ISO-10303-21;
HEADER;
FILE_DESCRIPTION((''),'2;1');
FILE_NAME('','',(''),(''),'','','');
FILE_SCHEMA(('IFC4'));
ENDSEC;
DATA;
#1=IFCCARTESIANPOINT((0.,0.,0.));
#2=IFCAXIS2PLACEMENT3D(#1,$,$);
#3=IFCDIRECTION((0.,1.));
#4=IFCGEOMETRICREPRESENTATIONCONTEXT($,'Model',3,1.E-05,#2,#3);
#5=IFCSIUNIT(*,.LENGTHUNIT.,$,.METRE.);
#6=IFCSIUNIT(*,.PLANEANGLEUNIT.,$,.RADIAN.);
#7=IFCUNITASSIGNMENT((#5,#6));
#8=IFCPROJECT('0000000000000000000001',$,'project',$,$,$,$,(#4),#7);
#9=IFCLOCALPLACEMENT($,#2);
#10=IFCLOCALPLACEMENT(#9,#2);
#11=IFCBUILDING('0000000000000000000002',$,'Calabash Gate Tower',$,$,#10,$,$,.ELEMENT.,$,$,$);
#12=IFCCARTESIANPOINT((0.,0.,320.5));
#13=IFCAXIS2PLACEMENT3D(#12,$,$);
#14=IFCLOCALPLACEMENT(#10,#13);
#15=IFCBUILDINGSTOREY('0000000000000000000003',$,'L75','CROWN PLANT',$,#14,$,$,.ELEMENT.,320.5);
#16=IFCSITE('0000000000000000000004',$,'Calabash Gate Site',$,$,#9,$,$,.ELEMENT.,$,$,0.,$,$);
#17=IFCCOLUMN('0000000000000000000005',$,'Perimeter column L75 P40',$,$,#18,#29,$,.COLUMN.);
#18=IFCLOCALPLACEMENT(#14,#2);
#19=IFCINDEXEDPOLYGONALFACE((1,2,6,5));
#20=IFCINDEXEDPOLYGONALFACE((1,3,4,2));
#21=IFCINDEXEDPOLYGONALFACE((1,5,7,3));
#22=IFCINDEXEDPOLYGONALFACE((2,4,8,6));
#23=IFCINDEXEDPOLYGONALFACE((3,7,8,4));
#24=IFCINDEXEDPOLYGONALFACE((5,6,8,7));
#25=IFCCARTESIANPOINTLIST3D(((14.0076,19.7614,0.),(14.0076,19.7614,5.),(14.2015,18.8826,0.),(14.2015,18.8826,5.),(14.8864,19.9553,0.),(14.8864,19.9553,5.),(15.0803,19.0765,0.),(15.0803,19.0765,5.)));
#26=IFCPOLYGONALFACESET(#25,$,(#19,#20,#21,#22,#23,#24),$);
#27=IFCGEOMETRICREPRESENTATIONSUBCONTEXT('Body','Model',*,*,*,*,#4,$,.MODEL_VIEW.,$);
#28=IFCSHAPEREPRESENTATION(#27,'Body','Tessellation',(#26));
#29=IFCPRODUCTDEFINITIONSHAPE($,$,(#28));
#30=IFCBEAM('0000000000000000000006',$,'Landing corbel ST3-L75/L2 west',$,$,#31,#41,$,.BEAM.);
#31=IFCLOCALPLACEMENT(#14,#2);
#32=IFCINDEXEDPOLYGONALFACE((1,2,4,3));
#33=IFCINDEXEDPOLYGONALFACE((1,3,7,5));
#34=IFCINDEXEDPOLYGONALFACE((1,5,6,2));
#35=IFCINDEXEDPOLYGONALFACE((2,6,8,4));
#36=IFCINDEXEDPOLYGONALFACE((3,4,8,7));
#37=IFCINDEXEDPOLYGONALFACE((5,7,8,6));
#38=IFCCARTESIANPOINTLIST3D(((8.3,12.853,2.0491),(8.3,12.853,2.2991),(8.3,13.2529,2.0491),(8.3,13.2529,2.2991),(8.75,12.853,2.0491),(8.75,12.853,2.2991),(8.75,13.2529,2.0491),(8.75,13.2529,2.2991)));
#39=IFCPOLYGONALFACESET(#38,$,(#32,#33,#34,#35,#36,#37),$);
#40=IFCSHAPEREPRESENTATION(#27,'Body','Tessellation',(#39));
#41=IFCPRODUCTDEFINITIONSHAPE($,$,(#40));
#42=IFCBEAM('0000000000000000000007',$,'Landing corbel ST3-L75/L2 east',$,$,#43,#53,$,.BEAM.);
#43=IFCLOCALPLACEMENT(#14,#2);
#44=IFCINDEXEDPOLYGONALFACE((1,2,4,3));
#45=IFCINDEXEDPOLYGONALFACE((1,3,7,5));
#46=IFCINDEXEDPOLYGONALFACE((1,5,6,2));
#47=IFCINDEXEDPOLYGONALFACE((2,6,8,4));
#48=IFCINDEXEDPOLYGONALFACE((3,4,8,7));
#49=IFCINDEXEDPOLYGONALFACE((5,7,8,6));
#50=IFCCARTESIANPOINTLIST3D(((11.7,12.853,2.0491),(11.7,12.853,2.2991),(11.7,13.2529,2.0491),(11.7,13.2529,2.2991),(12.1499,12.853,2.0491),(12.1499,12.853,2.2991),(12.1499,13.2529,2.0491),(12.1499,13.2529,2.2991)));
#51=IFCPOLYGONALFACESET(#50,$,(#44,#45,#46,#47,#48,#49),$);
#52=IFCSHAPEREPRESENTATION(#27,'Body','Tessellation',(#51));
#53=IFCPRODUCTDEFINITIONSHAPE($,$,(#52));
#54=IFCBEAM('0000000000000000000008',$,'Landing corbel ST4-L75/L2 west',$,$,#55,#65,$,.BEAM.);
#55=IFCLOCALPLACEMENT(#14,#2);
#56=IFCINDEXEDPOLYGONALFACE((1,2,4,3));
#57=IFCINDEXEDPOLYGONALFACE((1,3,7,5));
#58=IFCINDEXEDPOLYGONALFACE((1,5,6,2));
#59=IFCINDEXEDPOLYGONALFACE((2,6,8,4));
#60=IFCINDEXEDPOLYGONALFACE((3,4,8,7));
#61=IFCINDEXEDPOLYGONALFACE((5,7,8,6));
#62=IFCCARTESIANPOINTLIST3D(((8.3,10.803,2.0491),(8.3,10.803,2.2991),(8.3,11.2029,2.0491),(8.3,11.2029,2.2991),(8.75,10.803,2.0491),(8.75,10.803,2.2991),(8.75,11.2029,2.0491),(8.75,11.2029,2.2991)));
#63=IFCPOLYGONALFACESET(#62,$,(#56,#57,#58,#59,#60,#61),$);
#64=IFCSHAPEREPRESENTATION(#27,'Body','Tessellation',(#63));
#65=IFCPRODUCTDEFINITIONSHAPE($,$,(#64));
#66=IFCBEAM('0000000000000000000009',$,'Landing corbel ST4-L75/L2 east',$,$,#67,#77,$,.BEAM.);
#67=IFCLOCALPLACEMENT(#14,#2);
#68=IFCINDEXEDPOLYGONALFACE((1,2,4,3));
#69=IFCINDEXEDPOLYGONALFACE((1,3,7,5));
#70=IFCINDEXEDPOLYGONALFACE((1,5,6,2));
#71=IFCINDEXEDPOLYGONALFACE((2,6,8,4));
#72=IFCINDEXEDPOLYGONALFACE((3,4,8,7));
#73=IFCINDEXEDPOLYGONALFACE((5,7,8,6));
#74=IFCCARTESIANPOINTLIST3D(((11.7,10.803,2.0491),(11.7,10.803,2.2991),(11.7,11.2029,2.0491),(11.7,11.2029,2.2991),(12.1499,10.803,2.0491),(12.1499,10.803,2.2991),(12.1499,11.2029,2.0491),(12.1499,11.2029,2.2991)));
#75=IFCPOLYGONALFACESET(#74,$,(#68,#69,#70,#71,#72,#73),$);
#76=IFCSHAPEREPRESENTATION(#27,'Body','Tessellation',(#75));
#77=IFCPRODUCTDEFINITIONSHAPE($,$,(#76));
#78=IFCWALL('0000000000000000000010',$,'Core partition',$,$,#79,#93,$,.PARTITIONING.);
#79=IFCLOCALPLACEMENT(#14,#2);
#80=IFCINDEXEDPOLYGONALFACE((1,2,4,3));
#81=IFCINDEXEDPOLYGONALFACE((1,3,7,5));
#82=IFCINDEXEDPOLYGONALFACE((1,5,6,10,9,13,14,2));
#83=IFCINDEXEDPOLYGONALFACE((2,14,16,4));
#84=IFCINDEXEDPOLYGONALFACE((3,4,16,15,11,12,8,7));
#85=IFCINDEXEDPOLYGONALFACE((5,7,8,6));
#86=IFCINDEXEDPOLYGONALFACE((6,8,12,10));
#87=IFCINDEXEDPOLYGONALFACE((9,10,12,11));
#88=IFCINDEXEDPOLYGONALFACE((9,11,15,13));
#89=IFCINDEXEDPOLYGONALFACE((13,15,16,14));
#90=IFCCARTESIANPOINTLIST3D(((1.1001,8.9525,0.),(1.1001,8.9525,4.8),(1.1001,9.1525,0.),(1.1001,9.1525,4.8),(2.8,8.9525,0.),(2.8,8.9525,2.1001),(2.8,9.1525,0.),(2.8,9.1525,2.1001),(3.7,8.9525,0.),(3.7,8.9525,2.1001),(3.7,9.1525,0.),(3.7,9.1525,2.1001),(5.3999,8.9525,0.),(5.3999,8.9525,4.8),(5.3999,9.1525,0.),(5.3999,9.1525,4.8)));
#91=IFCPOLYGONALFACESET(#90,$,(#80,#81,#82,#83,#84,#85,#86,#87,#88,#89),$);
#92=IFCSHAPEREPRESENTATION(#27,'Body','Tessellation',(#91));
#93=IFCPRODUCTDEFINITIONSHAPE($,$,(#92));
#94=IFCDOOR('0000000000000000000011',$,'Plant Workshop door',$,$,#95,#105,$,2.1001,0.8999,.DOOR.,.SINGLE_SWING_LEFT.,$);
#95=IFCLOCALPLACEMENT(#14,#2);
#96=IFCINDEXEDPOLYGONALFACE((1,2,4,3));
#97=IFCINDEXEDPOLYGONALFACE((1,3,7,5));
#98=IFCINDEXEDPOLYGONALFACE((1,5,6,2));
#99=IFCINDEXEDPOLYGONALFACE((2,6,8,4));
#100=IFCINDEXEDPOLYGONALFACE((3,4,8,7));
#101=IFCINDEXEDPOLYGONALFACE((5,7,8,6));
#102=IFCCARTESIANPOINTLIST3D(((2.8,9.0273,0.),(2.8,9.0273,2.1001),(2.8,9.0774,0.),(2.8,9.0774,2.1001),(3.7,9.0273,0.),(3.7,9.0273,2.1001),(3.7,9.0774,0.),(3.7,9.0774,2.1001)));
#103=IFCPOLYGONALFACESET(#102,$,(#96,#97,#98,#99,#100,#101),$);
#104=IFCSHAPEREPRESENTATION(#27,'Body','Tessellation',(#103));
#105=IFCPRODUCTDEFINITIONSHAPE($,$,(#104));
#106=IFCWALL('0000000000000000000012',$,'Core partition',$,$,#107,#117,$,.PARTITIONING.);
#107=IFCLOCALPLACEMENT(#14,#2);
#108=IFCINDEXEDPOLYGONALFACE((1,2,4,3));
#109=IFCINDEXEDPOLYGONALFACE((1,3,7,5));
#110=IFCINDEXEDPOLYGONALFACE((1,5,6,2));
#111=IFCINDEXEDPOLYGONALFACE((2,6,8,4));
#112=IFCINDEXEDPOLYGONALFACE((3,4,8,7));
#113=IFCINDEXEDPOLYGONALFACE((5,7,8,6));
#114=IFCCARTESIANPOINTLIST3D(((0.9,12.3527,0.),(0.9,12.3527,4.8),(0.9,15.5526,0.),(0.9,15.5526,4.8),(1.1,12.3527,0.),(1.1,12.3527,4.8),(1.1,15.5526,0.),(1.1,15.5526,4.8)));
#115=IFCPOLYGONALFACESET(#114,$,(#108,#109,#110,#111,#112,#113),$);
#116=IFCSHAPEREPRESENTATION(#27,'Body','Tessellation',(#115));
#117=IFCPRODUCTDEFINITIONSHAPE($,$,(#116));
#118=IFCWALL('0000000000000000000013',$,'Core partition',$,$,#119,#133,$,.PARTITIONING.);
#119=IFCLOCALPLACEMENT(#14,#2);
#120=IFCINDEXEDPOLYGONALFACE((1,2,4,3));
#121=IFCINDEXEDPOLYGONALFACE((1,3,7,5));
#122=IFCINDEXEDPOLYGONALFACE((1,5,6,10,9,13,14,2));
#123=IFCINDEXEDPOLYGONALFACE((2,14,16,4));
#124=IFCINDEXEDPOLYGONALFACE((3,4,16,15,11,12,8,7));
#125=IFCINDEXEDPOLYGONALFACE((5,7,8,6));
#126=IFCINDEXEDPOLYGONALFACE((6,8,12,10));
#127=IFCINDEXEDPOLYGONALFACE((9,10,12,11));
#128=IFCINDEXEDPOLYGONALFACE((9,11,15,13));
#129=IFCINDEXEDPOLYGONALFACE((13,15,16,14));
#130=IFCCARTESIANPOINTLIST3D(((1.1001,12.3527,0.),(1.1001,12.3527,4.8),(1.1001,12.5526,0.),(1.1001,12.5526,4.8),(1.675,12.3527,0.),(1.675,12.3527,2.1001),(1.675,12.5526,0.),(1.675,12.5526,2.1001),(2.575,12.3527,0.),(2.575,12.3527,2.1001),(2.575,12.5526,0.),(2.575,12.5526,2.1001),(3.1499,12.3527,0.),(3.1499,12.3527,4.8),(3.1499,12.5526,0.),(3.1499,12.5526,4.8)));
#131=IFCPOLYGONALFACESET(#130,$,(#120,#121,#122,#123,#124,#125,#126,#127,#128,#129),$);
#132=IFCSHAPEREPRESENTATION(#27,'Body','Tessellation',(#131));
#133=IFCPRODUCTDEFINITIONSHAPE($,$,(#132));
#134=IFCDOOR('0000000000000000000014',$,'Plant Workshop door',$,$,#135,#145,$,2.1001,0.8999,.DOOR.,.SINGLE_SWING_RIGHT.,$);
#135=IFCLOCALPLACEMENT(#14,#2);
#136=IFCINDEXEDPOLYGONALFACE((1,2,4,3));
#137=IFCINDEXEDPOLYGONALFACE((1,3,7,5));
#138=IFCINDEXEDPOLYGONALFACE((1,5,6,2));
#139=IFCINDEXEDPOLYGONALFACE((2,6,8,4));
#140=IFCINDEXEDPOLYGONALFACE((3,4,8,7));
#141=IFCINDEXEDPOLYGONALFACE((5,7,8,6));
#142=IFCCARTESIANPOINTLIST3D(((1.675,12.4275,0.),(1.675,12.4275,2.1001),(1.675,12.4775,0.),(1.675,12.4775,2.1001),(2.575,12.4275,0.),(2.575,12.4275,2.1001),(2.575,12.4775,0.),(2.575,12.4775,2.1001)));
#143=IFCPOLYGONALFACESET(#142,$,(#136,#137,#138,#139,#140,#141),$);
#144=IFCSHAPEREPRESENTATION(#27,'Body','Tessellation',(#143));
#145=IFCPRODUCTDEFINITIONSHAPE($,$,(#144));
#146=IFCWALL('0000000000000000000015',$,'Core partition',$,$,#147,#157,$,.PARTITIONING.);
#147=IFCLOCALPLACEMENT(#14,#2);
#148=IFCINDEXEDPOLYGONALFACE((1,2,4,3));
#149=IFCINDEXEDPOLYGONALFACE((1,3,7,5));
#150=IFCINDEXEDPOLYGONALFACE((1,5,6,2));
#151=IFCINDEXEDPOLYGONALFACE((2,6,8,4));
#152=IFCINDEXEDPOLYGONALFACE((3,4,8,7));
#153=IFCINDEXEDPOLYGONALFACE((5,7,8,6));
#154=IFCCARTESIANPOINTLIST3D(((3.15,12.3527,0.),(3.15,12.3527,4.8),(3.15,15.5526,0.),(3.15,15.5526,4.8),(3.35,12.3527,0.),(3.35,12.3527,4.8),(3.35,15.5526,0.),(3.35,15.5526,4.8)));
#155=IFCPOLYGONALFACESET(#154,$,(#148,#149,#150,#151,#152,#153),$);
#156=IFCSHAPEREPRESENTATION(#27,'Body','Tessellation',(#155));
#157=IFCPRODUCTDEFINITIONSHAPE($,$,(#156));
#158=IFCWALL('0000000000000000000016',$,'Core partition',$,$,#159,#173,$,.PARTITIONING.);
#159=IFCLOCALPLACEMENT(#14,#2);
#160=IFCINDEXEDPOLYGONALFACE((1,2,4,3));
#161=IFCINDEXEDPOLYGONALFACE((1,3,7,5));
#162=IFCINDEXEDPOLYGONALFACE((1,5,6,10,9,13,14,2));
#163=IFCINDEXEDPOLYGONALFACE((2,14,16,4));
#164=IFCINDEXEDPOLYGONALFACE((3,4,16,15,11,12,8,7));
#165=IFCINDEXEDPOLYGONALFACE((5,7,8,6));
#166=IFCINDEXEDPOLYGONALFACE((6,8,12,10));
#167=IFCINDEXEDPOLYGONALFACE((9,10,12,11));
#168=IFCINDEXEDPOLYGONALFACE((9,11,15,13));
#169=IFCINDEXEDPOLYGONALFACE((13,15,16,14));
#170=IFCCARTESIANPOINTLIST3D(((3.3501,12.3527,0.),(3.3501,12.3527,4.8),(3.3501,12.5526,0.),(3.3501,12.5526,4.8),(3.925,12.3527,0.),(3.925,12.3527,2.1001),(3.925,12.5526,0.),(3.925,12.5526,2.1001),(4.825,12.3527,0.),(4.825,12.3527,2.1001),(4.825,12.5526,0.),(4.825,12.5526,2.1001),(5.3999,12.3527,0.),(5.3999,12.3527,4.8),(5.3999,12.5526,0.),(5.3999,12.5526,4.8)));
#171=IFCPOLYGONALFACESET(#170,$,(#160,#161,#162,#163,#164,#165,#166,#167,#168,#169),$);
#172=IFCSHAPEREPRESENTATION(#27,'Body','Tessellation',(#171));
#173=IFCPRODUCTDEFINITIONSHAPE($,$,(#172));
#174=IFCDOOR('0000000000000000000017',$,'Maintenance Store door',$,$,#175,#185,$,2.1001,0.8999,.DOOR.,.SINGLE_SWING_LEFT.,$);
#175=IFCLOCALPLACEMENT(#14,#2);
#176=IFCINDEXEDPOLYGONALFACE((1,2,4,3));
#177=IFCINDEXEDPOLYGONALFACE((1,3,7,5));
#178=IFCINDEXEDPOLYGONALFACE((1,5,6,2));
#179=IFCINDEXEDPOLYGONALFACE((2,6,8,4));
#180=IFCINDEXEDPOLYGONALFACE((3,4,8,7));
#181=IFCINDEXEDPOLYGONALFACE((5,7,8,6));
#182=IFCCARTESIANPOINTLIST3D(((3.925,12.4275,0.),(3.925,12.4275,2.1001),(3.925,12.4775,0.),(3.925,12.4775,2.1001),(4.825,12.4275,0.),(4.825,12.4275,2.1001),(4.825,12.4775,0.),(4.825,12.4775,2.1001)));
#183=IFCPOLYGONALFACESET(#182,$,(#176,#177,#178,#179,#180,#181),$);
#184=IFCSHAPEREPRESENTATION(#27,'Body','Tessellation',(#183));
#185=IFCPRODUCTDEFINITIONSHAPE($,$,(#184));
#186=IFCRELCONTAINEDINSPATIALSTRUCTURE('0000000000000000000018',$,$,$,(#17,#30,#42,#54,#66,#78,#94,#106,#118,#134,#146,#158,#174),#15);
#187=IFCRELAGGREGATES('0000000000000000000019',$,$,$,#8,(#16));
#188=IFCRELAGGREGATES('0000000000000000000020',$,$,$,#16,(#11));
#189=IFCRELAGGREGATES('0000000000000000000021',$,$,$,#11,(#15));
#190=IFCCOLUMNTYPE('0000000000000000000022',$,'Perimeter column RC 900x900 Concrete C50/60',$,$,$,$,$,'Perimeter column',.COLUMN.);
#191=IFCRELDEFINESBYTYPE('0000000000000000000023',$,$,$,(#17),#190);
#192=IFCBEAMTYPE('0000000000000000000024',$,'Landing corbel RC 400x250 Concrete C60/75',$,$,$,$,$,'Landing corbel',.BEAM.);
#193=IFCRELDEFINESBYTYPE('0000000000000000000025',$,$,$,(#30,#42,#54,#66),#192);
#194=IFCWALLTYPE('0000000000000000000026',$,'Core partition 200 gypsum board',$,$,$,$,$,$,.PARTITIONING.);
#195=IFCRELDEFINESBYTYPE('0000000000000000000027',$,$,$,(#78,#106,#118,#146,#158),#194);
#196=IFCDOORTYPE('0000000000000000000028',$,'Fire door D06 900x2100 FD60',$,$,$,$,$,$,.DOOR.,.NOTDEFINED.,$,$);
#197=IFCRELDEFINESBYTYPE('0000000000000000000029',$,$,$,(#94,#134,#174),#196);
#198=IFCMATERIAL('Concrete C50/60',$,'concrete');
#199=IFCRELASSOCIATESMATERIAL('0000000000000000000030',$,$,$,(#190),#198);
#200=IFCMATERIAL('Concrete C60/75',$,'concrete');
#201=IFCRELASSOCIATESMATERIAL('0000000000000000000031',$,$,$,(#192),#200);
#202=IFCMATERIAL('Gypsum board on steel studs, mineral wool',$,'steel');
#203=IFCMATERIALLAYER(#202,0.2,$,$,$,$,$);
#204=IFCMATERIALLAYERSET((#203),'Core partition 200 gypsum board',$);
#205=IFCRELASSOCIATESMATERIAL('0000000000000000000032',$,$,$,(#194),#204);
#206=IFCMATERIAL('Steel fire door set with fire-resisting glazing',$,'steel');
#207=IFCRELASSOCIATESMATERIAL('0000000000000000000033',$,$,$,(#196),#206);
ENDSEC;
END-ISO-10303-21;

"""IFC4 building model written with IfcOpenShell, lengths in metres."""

from ifc_helpers import new_model, si_unit, direction, frame, frame_2d, origin, origin_2d, place, context, subcontext, project, spatial, rectangle, extrude, material, layer, layer_set, material_profile, profile_set, type_object, element, fill, save


model = new_model("IFC4")

# Units and contexts
model_context = context("Model", 3, precision=1e-05, world=origin(), true_north=direction((0.0, 1.0)))
body_context = subcontext(model_context, "Body", "Model", "MODEL_VIEW")
ifc_project = project(units=[si_unit("LENGTHUNIT", "METRE"), si_unit("PLANEANGLEUNIT", "RADIAN")], contexts=[model_context])

# Site, building, storey
site_placement = place(None, origin())
site = spatial("IfcSite", under=ifc_project, at=site_placement, Name="Calabash Gate Site", CompositionType="ELEMENT", RefElevation=0.0)
building_placement = place(site_placement, origin())
building = spatial("IfcBuilding", under=site, at=building_placement, Name="Calabash Gate Tower", CompositionType="ELEMENT")
storey_placement = place(building_placement, frame((0.0, 0.0, 320.5)))
storey = spatial("IfcBuildingStorey", under=building, at=storey_placement, Name="L75", Description="CROWN PLANT", CompositionType="ELEMENT", Elevation=320.5)

# Column
ifc_material_1 = material(Name="Concrete C50/60", Category="concrete")
ifc_material_profile_1 = material_profile(ifc_material_1, rectangle(XDim=0.8999, YDim=0.8999, at=origin_2d()))
ifc_profile_set_1 = profile_set([ifc_material_profile_1], Name="Concrete C50/60")
column_type = type_object("IfcColumnType", Name="Perimeter column RC 900x900 Concrete C50/60", ElementType="Perimeter column", PredefinedType="COLUMN", material=ifc_profile_set_1)
column_placement = place(storey_placement, frame((14.5439, 19.4189, 0.0), z_axis=(0.0, 0.0, 1.0), x_axis=(-0.976511, -0.215468, 0.0)))
element("IfcColumn", 1, at=column_placement, inside=storey, type_object=column_type, Name="Perimeter column L75 P40", PredefinedType="COLUMN", context=body_context, shape_type="SweptSolid", body=[
    extrude(rectangle(XDim=0.8999, YDim=0.8999, at=origin_2d()), origin(), (0.0, 0.0, 1.0), 5.0),
])

# Beams
ifc_material_2 = material(Name="Concrete C60/75", Category="concrete")
ifc_material_profile_2 = material_profile(ifc_material_2, rectangle(XDim=0.3999, YDim=0.25, at=origin_2d()))
ifc_profile_set_2 = profile_set([ifc_material_profile_2], Name="Concrete C60/75")
beam_type = type_object("IfcBeamType", Name="Landing corbel RC 400x250 Concrete C60/75", ElementType="Landing corbel", PredefinedType="BEAM", material=ifc_profile_set_2)
for number, where, z_axis, x_axis, name in (
    (2, (8.3, 13.053, 2.1741), (1.0, 0.0, 0.0), (0.0, 1.0, 0.0), "Landing corbel ST3-L75/L2 west"),
    (3, (12.1499, 13.053, 2.1741), (-1.0, 0.0, 0.0), (0.0, -1.0, 0.0), "Landing corbel ST3-L75/L2 east"),
    (4, (8.3, 11.0029, 2.1741), (1.0, 0.0, 0.0), (0.0, 1.0, 0.0), "Landing corbel ST4-L75/L2 west"),
    (5, (12.1499, 11.0029, 2.1741), (-1.0, 0.0, 0.0), (0.0, -1.0, 0.0), "Landing corbel ST4-L75/L2 east"),
):
    element("IfcBeam", number, at=place(storey_placement, frame(where, z_axis=z_axis, x_axis=x_axis)), inside=storey, type_object=beam_type, Name=name, PredefinedType="BEAM", context=body_context, shape_type="SweptSolid", body=[
        extrude(rectangle(XDim=0.3999, YDim=0.25, at=origin_2d()), origin(), (0.0, 0.0, 1.0), 0.45),
    ])

# Wall, opening, door
ifc_material_3 = material(Name="Gypsum board on steel studs, mineral wool", Category="steel")
ifc_layer_1 = layer(ifc_material_3, 0.2)
ifc_layer_set_1 = layer_set([ifc_layer_1], Name="Core partition 200 gypsum board")
wall_type_1 = type_object("IfcWallType", Name="Core partition 200 gypsum board", PredefinedType="PARTITIONING", material=ifc_layer_set_1)
wall_1_placement = place(storey_placement, frame((1.1001, 9.0525, 0.0), z_axis=(0.0, 0.0, 1.0), x_axis=(1.0, 0.0, 0.0)))
wall_1 = element("IfcWall", 6, at=wall_1_placement, inside=storey, type_object=wall_type_1, Name="Core partition", PredefinedType="PARTITIONING", context=body_context, shape_type="SweptSolid", body=[
    extrude(rectangle(XDim=4.2998, YDim=0.2, at=frame_2d((2.1499, 0.0))), origin(), (0.0, 0.0, 1.0), 4.8),
])
opening_1_placement = place(wall_1_placement, frame((1.7, 0.0, 0.0)))
opening_1 = element("IfcOpeningElement", 7, at=opening_1_placement, cuts=wall_1, PredefinedType="OPENING", context=body_context, shape_type="SweptSolid", body=[
    extrude(rectangle(XDim=0.8999, YDim=2.1001, at=frame_2d((0.45, 1.05))), frame((0.0, 0.1099, 0.0), z_axis=(0.0, -1.0, 0.0), x_axis=(1.0, 0.0, 0.0)), (0.0, 0.0, 1.0), 0.22),
])
ifc_material_4 = material(Name="Steel fire door set with fire-resisting glazing", Category="steel")
door_type_1 = type_object("IfcDoorType", Name="Fire door D06 900x2100 FD60", OperationType="NOTDEFINED", PredefinedType="DOOR", material=ifc_material_4)
door_1_placement = place(opening_1_placement, origin())
door_1 = element("IfcDoor", 8, at=door_1_placement, inside=storey, type_object=door_type_1, Name="Plant Workshop door", OperationType="SINGLE_SWING_LEFT", OverallHeight=2.1001, OverallWidth=0.8999, PredefinedType="DOOR", context=body_context, shape_type="SweptSolid", body=[
    extrude(rectangle(XDim=0.8999, YDim=2.1001, at=frame_2d((0.45, 1.05))), frame((0.0, 0.0249, 0.0), z_axis=(0.0, -1.0, 0.0), x_axis=(1.0, 0.0, 0.0)), (0.0, 0.0, 1.0), 0.05),
])
fill(opening_1, door_1)

# Wall
wall_2_placement = place(storey_placement, frame((1.0, 12.3525, 0.0), z_axis=(0.0, 0.0, 1.0), x_axis=(0.0, 1.0, 0.0)))
element("IfcWall", 9, at=wall_2_placement, inside=storey, type_object=wall_type_1, Name="Core partition", PredefinedType="PARTITIONING", context=body_context, shape_type="SweptSolid", body=[
    extrude(rectangle(XDim=3.2, YDim=0.2, at=frame_2d((1.6001, 0.0))), origin(), (0.0, 0.0, 1.0), 4.8),
])

# Wall, opening, door
wall_3_placement = place(storey_placement, frame((1.1001, 12.4526, 0.0), z_axis=(0.0, 0.0, 1.0), x_axis=(1.0, 0.0, 0.0)))
wall_3 = element("IfcWall", 10, at=wall_3_placement, inside=storey, type_object=wall_type_1, Name="Core partition", PredefinedType="PARTITIONING", context=body_context, shape_type="SweptSolid", body=[
    extrude(rectangle(XDim=2.0498, YDim=0.2, at=frame_2d((1.0249, 0.0))), origin(), (0.0, 0.0, 1.0), 4.8),
])
opening_2_placement = place(wall_3_placement, frame((0.575, 0.0, 0.0)))
opening_2 = element("IfcOpeningElement", 11, at=opening_2_placement, cuts=wall_3, PredefinedType="OPENING", context=body_context, shape_type="SweptSolid", body=[
    extrude(rectangle(XDim=0.8999, YDim=2.1001, at=frame_2d((0.45, 1.05))), frame((0.0, 0.1099, 0.0), z_axis=(0.0, -1.0, 0.0), x_axis=(1.0, 0.0, 0.0)), (0.0, 0.0, 1.0), 0.22),
])
door_2_placement = place(opening_2_placement, origin())
door_2 = element("IfcDoor", 12, at=door_2_placement, inside=storey, type_object=door_type_1, Name="Plant Workshop door", OperationType="SINGLE_SWING_RIGHT", OverallHeight=2.1001, OverallWidth=0.8999, PredefinedType="DOOR", context=body_context, shape_type="SweptSolid", body=[
    extrude(rectangle(XDim=0.8999, YDim=2.1001, at=frame_2d((0.45, 1.05))), frame((0.0, 0.0249, 0.0), z_axis=(0.0, -1.0, 0.0), x_axis=(1.0, 0.0, 0.0)), (0.0, 0.0, 1.0), 0.05),
])
fill(opening_2, door_2)

# Wall
wall_4_placement = place(storey_placement, frame((3.25, 12.3525, 0.0), z_axis=(0.0, 0.0, 1.0), x_axis=(0.0, 1.0, 0.0)))
element("IfcWall", 13, at=wall_4_placement, inside=storey, type_object=wall_type_1, Name="Core partition", PredefinedType="PARTITIONING", context=body_context, shape_type="SweptSolid", body=[
    extrude(rectangle(XDim=3.2, YDim=0.2, at=frame_2d((1.6001, 0.0))), origin(), (0.0, 0.0, 1.0), 4.8),
])

# Wall, opening, door
wall_5_placement = place(storey_placement, frame((3.3501, 12.4526, 0.0), z_axis=(0.0, 0.0, 1.0), x_axis=(1.0, 0.0, 0.0)))
wall_5 = element("IfcWall", 14, at=wall_5_placement, inside=storey, type_object=wall_type_1, Name="Core partition", PredefinedType="PARTITIONING", context=body_context, shape_type="SweptSolid", body=[
    extrude(rectangle(XDim=2.0498, YDim=0.2, at=frame_2d((1.0249, 0.0))), origin(), (0.0, 0.0, 1.0), 4.8),
])
opening_3_placement = place(wall_5_placement, frame((0.575, 0.0, 0.0)))
opening_3 = element("IfcOpeningElement", 15, at=opening_3_placement, cuts=wall_5, PredefinedType="OPENING", context=body_context, shape_type="SweptSolid", body=[
    extrude(rectangle(XDim=0.8999, YDim=2.1001, at=frame_2d((0.45, 1.05))), frame((0.0, 0.1099, 0.0), z_axis=(0.0, -1.0, 0.0), x_axis=(1.0, 0.0, 0.0)), (0.0, 0.0, 1.0), 0.22),
])
door_3_placement = place(opening_3_placement, origin())
door_3 = element("IfcDoor", 16, at=door_3_placement, inside=storey, type_object=door_type_1, Name="Maintenance Store door", OperationType="SINGLE_SWING_LEFT", OverallHeight=2.1001, OverallWidth=0.8999, PredefinedType="DOOR", context=body_context, shape_type="SweptSolid", body=[
    extrude(rectangle(XDim=0.8999, YDim=2.1001, at=frame_2d((0.45, 1.05))), frame((0.0, 0.0249, 0.0), z_axis=(0.0, -1.0, 0.0), x_axis=(1.0, 0.0, 0.0)), (0.0, 0.0, 1.0), 0.05),
])
fill(opening_3, door_3)

save(model, "model.ifc")
